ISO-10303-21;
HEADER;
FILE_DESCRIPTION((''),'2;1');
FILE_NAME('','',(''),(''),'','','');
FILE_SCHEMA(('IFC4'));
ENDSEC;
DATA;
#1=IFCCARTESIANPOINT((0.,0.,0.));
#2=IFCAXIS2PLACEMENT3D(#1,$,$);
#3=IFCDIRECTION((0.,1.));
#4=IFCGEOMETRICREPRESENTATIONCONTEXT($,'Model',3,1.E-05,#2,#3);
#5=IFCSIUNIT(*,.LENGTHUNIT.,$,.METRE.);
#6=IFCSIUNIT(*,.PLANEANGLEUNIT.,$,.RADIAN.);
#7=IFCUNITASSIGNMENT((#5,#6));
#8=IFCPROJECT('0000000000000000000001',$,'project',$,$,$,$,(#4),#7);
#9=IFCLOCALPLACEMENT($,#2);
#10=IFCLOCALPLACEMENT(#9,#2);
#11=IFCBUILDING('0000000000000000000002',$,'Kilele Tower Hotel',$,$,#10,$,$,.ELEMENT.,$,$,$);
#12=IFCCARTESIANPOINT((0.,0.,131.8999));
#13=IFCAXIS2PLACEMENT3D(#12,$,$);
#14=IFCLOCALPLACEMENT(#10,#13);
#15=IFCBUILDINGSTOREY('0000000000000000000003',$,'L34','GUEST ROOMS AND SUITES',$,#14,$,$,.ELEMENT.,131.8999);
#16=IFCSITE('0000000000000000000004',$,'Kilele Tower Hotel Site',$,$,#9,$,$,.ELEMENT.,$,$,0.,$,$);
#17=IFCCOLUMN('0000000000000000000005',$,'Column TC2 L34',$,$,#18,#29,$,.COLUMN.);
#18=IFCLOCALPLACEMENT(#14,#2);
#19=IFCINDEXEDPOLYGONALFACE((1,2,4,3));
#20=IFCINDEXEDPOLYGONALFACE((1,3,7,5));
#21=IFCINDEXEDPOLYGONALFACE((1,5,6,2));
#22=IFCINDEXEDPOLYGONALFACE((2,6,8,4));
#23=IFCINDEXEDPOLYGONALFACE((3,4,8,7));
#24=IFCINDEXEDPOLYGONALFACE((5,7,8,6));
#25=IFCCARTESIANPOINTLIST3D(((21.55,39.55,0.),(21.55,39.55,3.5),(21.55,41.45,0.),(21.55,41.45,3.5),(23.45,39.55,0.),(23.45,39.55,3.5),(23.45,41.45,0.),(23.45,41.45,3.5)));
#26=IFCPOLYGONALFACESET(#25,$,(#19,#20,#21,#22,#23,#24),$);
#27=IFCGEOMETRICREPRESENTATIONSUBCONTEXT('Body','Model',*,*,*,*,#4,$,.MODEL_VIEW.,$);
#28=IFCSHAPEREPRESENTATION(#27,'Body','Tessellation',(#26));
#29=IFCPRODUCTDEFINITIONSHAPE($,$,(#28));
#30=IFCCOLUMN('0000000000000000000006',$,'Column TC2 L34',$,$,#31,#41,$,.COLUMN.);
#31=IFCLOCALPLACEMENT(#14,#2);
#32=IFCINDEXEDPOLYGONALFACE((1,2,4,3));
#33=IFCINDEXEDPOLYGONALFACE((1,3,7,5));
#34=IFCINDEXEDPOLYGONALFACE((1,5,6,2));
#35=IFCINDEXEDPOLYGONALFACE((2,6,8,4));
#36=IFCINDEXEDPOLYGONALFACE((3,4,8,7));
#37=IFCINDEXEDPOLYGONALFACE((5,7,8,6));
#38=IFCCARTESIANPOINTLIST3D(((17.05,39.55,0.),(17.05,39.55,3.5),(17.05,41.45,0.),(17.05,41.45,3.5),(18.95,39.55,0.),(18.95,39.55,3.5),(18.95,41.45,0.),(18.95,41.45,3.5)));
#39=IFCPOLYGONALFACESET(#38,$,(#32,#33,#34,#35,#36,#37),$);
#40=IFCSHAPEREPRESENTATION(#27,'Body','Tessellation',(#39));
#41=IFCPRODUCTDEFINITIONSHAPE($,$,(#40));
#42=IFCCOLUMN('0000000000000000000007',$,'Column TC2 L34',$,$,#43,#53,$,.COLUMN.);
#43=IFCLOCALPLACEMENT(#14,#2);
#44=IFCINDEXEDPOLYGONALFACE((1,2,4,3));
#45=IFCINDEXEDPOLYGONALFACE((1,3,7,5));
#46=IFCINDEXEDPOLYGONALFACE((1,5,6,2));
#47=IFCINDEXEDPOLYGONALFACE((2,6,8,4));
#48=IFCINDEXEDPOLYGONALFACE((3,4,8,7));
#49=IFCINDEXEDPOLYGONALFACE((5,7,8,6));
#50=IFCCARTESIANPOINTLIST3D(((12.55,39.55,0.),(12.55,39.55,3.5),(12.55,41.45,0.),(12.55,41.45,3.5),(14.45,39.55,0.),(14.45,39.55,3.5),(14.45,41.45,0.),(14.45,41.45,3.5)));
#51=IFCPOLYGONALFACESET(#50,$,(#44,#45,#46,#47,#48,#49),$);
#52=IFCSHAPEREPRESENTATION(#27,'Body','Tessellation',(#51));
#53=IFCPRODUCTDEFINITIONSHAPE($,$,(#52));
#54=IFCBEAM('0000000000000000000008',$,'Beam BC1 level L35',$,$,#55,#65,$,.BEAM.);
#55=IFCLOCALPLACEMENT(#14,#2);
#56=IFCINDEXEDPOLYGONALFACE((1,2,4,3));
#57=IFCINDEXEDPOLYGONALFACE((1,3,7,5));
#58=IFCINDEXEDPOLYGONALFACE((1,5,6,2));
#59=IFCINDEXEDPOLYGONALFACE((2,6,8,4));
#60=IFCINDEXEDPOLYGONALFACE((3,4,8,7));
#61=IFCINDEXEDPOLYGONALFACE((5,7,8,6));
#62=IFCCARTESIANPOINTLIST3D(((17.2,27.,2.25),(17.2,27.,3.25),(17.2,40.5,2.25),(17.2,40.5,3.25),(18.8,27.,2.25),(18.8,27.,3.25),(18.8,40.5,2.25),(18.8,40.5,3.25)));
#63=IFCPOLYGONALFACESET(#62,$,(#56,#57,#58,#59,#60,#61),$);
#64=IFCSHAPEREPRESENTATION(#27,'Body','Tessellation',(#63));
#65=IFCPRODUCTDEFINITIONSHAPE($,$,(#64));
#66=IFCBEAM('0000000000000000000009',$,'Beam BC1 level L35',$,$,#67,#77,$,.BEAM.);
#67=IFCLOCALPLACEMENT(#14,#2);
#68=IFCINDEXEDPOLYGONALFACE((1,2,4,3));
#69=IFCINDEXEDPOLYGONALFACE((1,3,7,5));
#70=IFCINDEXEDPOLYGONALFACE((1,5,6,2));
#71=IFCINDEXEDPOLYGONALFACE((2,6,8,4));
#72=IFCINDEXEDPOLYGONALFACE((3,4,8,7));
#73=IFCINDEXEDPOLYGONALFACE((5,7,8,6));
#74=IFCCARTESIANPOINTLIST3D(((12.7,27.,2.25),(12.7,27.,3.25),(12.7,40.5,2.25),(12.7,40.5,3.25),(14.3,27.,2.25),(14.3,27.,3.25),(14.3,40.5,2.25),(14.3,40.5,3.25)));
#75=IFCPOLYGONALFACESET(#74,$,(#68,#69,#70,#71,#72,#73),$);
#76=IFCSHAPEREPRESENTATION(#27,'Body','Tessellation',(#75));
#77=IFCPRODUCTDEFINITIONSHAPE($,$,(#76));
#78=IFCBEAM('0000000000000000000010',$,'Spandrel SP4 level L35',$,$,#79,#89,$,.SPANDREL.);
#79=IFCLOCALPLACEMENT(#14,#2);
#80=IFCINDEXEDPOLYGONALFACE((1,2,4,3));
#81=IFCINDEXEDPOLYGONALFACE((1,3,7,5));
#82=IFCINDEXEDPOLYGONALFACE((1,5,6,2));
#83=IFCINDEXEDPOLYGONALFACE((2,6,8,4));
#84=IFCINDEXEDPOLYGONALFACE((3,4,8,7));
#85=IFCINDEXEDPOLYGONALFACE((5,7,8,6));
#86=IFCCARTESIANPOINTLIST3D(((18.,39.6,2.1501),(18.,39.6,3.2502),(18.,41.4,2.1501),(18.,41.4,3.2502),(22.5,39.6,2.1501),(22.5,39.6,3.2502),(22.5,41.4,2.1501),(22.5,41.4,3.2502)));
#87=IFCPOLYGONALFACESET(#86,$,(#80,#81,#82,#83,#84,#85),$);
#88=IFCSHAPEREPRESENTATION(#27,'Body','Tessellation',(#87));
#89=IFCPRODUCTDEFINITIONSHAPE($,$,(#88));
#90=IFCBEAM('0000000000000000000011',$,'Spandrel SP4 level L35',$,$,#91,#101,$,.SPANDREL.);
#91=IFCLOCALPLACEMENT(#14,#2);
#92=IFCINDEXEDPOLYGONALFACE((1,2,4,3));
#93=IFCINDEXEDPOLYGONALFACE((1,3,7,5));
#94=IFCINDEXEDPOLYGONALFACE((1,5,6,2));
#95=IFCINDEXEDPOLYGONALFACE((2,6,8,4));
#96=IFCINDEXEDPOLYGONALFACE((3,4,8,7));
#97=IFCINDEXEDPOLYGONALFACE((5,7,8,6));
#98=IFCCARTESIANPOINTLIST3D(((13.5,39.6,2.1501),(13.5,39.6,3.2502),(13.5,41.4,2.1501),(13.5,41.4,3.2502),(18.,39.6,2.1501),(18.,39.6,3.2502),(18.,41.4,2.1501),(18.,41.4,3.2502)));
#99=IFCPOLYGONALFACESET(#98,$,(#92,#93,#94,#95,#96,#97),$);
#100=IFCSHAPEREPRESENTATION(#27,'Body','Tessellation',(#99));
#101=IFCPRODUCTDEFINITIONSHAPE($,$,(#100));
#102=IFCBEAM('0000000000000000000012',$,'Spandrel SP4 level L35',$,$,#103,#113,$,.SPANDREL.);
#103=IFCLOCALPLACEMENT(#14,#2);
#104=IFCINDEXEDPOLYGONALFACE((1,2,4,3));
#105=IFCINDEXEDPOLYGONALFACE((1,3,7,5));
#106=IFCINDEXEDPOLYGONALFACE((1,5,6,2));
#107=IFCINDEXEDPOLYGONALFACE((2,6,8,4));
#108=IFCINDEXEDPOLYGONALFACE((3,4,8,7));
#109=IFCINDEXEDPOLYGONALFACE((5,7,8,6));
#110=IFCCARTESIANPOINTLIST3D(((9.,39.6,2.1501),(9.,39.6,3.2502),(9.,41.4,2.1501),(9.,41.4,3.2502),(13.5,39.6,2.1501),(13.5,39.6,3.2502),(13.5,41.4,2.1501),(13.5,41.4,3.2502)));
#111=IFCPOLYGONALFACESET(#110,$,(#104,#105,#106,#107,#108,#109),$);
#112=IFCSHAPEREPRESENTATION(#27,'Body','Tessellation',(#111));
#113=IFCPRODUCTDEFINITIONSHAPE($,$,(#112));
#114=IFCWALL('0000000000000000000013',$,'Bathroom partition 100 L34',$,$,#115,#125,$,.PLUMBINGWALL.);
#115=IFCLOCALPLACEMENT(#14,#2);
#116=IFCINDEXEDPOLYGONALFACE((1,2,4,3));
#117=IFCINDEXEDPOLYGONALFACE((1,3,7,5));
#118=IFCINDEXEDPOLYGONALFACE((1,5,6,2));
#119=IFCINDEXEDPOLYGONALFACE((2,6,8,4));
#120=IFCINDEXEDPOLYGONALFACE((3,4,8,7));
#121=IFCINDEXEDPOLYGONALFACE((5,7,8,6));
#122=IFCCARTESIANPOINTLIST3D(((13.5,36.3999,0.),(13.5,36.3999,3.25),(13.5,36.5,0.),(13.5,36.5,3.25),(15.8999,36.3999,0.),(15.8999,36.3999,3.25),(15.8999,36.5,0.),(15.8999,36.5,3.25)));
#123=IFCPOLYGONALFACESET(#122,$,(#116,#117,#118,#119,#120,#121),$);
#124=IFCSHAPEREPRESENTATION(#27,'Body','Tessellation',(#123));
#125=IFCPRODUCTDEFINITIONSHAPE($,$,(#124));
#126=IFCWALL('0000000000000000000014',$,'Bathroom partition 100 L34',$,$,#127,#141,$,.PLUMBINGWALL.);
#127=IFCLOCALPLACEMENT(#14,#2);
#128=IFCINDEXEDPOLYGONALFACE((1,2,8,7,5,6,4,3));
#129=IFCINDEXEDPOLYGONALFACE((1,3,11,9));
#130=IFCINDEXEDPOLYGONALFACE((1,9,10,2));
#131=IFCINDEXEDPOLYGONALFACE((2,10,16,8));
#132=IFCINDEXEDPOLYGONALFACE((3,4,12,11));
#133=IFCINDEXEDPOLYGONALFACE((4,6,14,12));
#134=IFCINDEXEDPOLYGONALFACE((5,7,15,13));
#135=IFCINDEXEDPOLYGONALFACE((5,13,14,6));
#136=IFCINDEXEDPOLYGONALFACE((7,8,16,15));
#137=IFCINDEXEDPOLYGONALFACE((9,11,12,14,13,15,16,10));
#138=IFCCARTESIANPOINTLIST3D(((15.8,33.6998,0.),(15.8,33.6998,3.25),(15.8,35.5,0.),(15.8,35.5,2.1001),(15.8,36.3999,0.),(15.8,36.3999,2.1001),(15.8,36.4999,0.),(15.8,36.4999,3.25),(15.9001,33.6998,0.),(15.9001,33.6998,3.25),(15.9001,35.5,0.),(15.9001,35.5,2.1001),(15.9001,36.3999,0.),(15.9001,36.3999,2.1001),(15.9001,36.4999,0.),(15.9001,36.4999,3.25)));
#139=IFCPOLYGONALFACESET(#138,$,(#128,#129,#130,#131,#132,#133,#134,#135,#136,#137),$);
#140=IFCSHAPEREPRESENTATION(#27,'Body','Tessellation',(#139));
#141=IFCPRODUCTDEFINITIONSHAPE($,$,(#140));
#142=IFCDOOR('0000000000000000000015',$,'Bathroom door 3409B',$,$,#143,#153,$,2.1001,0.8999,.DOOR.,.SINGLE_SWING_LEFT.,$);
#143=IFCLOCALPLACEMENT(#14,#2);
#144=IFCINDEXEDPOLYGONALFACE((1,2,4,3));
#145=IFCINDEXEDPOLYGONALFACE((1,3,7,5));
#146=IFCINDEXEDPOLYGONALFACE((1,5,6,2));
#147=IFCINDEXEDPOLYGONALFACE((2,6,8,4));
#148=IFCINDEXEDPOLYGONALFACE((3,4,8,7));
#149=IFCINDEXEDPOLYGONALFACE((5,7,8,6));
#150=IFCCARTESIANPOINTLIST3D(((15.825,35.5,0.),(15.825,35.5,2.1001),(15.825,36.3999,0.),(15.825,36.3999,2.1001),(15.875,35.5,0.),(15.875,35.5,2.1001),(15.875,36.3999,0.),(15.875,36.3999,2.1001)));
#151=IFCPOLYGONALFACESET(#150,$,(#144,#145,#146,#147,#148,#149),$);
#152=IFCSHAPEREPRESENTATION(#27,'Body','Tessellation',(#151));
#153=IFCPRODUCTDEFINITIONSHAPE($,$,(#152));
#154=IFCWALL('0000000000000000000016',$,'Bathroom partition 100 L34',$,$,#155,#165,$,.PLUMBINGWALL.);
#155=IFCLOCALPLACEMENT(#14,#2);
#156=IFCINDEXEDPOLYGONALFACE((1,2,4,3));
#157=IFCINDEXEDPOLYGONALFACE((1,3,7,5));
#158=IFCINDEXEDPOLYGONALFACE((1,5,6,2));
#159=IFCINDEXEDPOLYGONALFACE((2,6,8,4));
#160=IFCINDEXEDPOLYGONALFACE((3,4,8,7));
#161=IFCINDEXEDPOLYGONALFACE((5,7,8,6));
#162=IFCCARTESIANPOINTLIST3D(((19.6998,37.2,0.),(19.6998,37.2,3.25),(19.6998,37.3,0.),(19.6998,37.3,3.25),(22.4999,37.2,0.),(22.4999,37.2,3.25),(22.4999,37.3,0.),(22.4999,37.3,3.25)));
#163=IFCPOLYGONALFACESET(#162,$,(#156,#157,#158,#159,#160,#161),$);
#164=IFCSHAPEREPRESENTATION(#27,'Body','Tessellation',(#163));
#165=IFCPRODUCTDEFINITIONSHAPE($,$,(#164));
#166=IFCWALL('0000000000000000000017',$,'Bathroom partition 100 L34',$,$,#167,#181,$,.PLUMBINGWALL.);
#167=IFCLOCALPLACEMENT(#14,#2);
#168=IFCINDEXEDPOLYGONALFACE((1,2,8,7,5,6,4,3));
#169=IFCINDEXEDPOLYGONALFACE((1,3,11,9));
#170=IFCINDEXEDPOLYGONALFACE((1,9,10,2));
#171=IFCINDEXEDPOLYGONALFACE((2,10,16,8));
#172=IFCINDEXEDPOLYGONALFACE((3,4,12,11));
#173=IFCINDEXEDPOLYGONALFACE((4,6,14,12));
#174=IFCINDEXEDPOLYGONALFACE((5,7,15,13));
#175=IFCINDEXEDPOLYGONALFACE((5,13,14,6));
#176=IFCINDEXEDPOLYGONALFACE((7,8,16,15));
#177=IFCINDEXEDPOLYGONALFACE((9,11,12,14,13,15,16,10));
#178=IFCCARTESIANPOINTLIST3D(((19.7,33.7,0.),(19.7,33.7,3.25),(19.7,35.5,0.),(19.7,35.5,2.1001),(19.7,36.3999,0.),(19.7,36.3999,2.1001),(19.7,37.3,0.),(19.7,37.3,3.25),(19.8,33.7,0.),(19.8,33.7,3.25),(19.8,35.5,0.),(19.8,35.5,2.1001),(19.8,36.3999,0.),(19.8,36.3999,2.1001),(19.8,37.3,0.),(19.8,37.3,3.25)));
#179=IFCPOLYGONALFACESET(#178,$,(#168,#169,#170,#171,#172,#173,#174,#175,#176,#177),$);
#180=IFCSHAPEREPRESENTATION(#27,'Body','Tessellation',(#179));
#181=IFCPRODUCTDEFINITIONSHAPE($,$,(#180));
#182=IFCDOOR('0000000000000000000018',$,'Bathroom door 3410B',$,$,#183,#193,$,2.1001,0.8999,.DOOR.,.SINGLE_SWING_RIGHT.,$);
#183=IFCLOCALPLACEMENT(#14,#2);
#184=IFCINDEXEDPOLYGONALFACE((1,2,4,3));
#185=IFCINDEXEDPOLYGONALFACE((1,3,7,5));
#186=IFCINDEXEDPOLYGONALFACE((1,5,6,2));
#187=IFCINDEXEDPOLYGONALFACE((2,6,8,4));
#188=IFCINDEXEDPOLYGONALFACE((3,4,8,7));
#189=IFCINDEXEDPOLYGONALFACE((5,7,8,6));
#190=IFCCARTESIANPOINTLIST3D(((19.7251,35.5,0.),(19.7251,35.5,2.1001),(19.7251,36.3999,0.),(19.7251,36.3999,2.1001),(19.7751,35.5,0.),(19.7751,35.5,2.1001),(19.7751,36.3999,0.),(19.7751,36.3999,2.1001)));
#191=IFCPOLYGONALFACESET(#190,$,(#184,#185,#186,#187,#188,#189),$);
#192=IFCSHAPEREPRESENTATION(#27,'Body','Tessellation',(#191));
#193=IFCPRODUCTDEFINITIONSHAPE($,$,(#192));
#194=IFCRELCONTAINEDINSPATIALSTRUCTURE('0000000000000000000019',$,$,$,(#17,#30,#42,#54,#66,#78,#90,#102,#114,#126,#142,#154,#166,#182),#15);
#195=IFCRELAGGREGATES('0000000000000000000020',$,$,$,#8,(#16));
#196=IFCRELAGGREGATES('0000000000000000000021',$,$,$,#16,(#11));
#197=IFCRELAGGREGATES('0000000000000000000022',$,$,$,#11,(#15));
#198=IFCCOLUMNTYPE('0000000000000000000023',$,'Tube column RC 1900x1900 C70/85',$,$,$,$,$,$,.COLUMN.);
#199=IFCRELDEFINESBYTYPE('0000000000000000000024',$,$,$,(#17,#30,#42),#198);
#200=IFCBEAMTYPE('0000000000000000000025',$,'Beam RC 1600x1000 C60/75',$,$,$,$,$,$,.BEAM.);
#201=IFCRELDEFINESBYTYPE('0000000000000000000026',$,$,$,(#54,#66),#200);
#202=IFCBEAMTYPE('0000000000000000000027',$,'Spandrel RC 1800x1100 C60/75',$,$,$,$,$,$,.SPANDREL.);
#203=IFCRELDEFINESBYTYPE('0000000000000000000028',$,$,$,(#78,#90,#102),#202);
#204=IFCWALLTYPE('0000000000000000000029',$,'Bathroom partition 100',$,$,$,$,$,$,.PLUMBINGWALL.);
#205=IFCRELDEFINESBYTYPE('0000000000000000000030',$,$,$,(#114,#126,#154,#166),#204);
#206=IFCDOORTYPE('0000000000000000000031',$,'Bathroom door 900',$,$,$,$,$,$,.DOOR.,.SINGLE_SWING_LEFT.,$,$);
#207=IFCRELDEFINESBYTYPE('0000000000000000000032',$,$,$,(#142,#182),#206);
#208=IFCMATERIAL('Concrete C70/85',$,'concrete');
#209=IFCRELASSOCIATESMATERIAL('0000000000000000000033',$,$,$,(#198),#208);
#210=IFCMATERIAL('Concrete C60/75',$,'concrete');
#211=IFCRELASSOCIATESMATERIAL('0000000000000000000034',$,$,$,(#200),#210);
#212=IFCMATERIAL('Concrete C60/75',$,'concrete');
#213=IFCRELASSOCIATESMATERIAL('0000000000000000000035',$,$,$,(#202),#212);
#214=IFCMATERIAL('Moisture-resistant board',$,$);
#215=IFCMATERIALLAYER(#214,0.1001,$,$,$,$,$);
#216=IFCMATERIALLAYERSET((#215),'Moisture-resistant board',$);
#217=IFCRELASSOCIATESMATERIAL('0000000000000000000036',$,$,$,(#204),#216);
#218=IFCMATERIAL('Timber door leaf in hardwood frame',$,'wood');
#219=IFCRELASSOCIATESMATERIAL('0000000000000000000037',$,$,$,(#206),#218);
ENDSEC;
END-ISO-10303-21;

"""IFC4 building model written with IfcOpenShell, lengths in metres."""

from ifc_helpers import new_model, si_unit, direction, frame, frame_2d, origin, origin_2d, place, context, subcontext, project, spatial, rectangle, extrude, material, layer, layer_set, material_profile, profile_set, type_object, element, fill, save


model = new_model("IFC4")

# Units and contexts
model_context = context("Model", 3, precision=1e-05, world=origin(), true_north=direction((0.0, 1.0)))
body_context = subcontext(model_context, "Body", "Model", "MODEL_VIEW")
ifc_project = project(units=[si_unit("LENGTHUNIT", "METRE"), si_unit("PLANEANGLEUNIT", "RADIAN")], contexts=[model_context])

# Site, building, storey
site_placement = place(None, origin())
site = spatial("IfcSite", under=ifc_project, at=site_placement, Name="Kilele Tower Hotel Site", CompositionType="ELEMENT", RefElevation=0.0)
building_placement = place(site_placement, origin())
building = spatial("IfcBuilding", under=site, at=building_placement, Name="Kilele Tower Hotel", CompositionType="ELEMENT")
storey_placement = place(building_placement, frame((0.0, 0.0, 131.8999)))
storey = spatial("IfcBuildingStorey", under=building, at=storey_placement, Name="L34", Description="GUEST ROOMS AND SUITES", CompositionType="ELEMENT", Elevation=131.8999)

# Columns
ifc_material_1 = material(Name="Concrete C70/85", Category="concrete")
ifc_material_profile_1 = material_profile(ifc_material_1, rectangle(XDim=1.8999, YDim=1.8999, at=origin_2d()))
ifc_profile_set_1 = profile_set([ifc_material_profile_1], Name="Concrete C70/85")
column_type = type_object("IfcColumnType", Name="Tube column RC 1900x1900 C70/85", PredefinedType="COLUMN", material=ifc_profile_set_1)
for number, where, z_axis, x_axis, name in (
    (1, (22.5, 40.5, 0.0), (0.0, 0.0, 1.0), (1.0, 0.0, 0.0), "Column TC2 L34"),
    (2, (18.0, 40.5, 0.0), (0.0, 0.0, 1.0), (1.0, 0.0, 0.0), "Column TC2 L34"),
    (3, (13.5, 40.5, 0.0), (0.0, 0.0, 1.0), (1.0, 0.0, 0.0), "Column TC2 L34"),
):
    element("IfcColumn", number, at=place(storey_placement, frame(where, z_axis=z_axis, x_axis=x_axis)), inside=storey, type_object=column_type, Name=name, PredefinedType="COLUMN", context=body_context, shape_type="SweptSolid", body=[
        extrude(rectangle(XDim=1.8999, YDim=1.8999, at=origin_2d()), origin(), (0.0, 0.0, 1.0), 3.5),
    ])

# Beams
ifc_material_2 = material(Name="Concrete C60/75", Category="concrete")
ifc_material_profile_2 = material_profile(ifc_material_2, rectangle(XDim=1.6001, YDim=1.0, at=origin_2d()))
ifc_profile_set_2 = profile_set([ifc_material_profile_2], Name="Concrete C60/75")
beam_type_1 = type_object("IfcBeamType", Name="Beam RC 1600x1000 C60/75", PredefinedType="BEAM", material=ifc_profile_set_2)
for number, where, z_axis, x_axis, name in (
    (4, (18.0, 40.5, 2.75), (0.0, -1.0, 0.0), (1.0, 0.0, 0.0), "Beam BC1 level L35"),
    (5, (13.5, 40.5, 2.75), (0.0, -1.0, 0.0), (1.0, 0.0, 0.0), "Beam BC1 level L35"),
):
    element("IfcBeam", number, at=place(storey_placement, frame(where, z_axis=z_axis, x_axis=x_axis)), inside=storey, type_object=beam_type_1, Name=name, PredefinedType="BEAM", context=body_context, shape_type="SweptSolid", body=[
        extrude(rectangle(XDim=1.6001, YDim=1.0, at=origin_2d()), origin(), (0.0, 0.0, 1.0), 13.5),
    ])
ifc_material_3 = material(Name="Concrete C60/75", Category="concrete")
ifc_material_profile_3 = material_profile(ifc_material_3, rectangle(XDim=1.8, YDim=1.1001, at=origin_2d()))
ifc_profile_set_3 = profile_set([ifc_material_profile_3], Name="Concrete C60/75")
beam_type_2 = type_object("IfcBeamType", Name="Spandrel RC 1800x1100 C60/75", PredefinedType="SPANDREL", material=ifc_profile_set_3)
for number, where, z_axis, x_axis, name in (
    (6, (22.5, 40.5, 2.7002), (-1.0, 0.0, 0.0), (0.0, -1.0, 0.0), "Spandrel SP4 level L35"),
    (7, (18.0, 40.5, 2.7002), (-1.0, 0.0, 0.0), (0.0, -1.0, 0.0), "Spandrel SP4 level L35"),
    (8, (13.5, 40.5, 2.7002), (-1.0, 0.0, 0.0), (0.0, -1.0, 0.0), "Spandrel SP4 level L35"),
):
    element("IfcBeam", number, at=place(storey_placement, frame(where, z_axis=z_axis, x_axis=x_axis)), inside=storey, type_object=beam_type_2, Name=name, PredefinedType="SPANDREL", context=body_context, shape_type="SweptSolid", body=[
        extrude(rectangle(XDim=1.8, YDim=1.1001, at=origin_2d()), origin(), (0.0, 0.0, 1.0), 4.5),
    ])

# Wall
ifc_material_4 = material(Name="Moisture-resistant board")
ifc_layer_1 = layer(ifc_material_4, 0.1001)
ifc_layer_set_1 = layer_set([ifc_layer_1], Name="Moisture-resistant board")
wall_type_1 = type_object("IfcWallType", Name="Bathroom partition 100", PredefinedType="PLUMBINGWALL", material=ifc_layer_set_1)
wall_1_placement = place(storey_placement, frame((13.5, 36.45, 0.0), z_axis=(0.0, 0.0, 1.0), x_axis=(1.0, 0.0, 0.0)))
element("IfcWall", 9, at=wall_1_placement, inside=storey, type_object=wall_type_1, Name="Bathroom partition 100 L34", PredefinedType="PLUMBINGWALL", context=body_context, shape_type="SweptSolid", body=[
    extrude(rectangle(XDim=2.3999, YDim=0.1001, at=frame_2d((1.2, 0.0))), origin(), (0.0, 0.0, 1.0), 3.25),
])

# Wall, opening, door
wall_2_placement = place(storey_placement, frame((15.8501, 33.7, 0.0), z_axis=(0.0, 0.0, 1.0), x_axis=(0.0, 1.0, 0.0)))
wall_2 = element("IfcWall", 10, at=wall_2_placement, inside=storey, type_object=wall_type_1, Name="Bathroom partition 100 L34", PredefinedType="PLUMBINGWALL", context=body_context, shape_type="SweptSolid", body=[
    extrude(rectangle(XDim=2.8, YDim=0.1001, at=frame_2d((1.3999, 0.0))), origin(), (0.0, 0.0, 1.0), 3.25),
])
opening_1_placement = place(wall_2_placement, frame((2.7, 0.0, 0.0), z_axis=(0.0, 0.0, 1.0), x_axis=(-1.0, 0.0, 0.0)))
opening_1 = element("IfcOpeningElement", 11, at=opening_1_placement, cuts=wall_2, PredefinedType="OPENING", context=body_context, shape_type="SweptSolid", body=[
    extrude(rectangle(XDim=0.8999, YDim=2.1001, at=frame_2d((0.45, 1.05))), frame((0.0, 0.0601, 0.0), z_axis=(0.0, -1.0, 0.0), x_axis=(1.0, 0.0, 0.0)), (0.0, 0.0, 1.0), 0.1201),
])
ifc_material_5 = material(Name="Timber door leaf in hardwood frame", Category="wood")
door_type_1 = type_object("IfcDoorType", Name="Bathroom door 900", OperationType="SINGLE_SWING_LEFT", PredefinedType="DOOR", material=ifc_material_5)
door_1_placement = place(opening_1_placement, origin())
door_1 = element("IfcDoor", 12, at=door_1_placement, inside=storey, type_object=door_type_1, Name="Bathroom door 3409B", OperationType="SINGLE_SWING_LEFT", OverallHeight=2.1001, OverallWidth=0.8999, PredefinedType="DOOR", context=body_context, shape_type="SweptSolid", body=[
    extrude(rectangle(XDim=0.8999, YDim=2.1001, at=frame_2d((0.45, 1.05))), frame((0.0, 0.0249, 0.0), z_axis=(0.0, -1.0, 0.0), x_axis=(1.0, 0.0, 0.0)), (0.0, 0.0, 1.0), 0.05),
])
fill(opening_1, door_1)

# Wall
wall_3_placement = place(storey_placement, frame((19.7, 37.25, 0.0), z_axis=(0.0, 0.0, 1.0), x_axis=(1.0, 0.0, 0.0)))
element("IfcWall", 13, at=wall_3_placement, inside=storey, type_object=wall_type_1, Name="Bathroom partition 100 L34", PredefinedType="PLUMBINGWALL", context=body_context, shape_type="SweptSolid", body=[
    extrude(rectangle(XDim=2.8, YDim=0.1001, at=frame_2d((1.3999, 0.0))), origin(), (0.0, 0.0, 1.0), 3.25),
])

# Wall, opening, door
wall_4_placement = place(storey_placement, frame((19.75, 33.7, 0.0), z_axis=(0.0, 0.0, 1.0), x_axis=(0.0, 1.0, 0.0)))
wall_4 = element("IfcWall", 14, at=wall_4_placement, inside=storey, type_object=wall_type_1, Name="Bathroom partition 100 L34", PredefinedType="PLUMBINGWALL", context=body_context, shape_type="SweptSolid", body=[
    extrude(rectangle(XDim=3.6001, YDim=0.1001, at=frame_2d((1.8, 0.0))), origin(), (0.0, 0.0, 1.0), 3.25),
])
opening_2_placement = place(wall_4_placement, frame((1.8, 0.0, 0.0)))
opening_2 = element("IfcOpeningElement", 15, at=opening_2_placement, cuts=wall_4, PredefinedType="OPENING", context=body_context, shape_type="SweptSolid", body=[
    extrude(rectangle(XDim=0.8999, YDim=2.1001, at=frame_2d((0.45, 1.05))), frame((0.0, 0.0601, 0.0), z_axis=(0.0, -1.0, 0.0), x_axis=(1.0, 0.0, 0.0)), (0.0, 0.0, 1.0), 0.1201),
])
door_2_placement = place(opening_2_placement, origin())
door_2 = element("IfcDoor", 16, at=door_2_placement, inside=storey, type_object=door_type_1, Name="Bathroom door 3410B", OperationType="SINGLE_SWING_RIGHT", OverallHeight=2.1001, OverallWidth=0.8999, PredefinedType="DOOR", context=body_context, shape_type="SweptSolid", body=[
    extrude(rectangle(XDim=0.8999, YDim=2.1001, at=frame_2d((0.45, 1.05))), frame((0.0, 0.0249, 0.0), z_axis=(0.0, -1.0, 0.0), x_axis=(1.0, 0.0, 0.0)), (0.0, 0.0, 1.0), 0.05),
])
fill(opening_2, door_2)

save(model, "model.ifc")
